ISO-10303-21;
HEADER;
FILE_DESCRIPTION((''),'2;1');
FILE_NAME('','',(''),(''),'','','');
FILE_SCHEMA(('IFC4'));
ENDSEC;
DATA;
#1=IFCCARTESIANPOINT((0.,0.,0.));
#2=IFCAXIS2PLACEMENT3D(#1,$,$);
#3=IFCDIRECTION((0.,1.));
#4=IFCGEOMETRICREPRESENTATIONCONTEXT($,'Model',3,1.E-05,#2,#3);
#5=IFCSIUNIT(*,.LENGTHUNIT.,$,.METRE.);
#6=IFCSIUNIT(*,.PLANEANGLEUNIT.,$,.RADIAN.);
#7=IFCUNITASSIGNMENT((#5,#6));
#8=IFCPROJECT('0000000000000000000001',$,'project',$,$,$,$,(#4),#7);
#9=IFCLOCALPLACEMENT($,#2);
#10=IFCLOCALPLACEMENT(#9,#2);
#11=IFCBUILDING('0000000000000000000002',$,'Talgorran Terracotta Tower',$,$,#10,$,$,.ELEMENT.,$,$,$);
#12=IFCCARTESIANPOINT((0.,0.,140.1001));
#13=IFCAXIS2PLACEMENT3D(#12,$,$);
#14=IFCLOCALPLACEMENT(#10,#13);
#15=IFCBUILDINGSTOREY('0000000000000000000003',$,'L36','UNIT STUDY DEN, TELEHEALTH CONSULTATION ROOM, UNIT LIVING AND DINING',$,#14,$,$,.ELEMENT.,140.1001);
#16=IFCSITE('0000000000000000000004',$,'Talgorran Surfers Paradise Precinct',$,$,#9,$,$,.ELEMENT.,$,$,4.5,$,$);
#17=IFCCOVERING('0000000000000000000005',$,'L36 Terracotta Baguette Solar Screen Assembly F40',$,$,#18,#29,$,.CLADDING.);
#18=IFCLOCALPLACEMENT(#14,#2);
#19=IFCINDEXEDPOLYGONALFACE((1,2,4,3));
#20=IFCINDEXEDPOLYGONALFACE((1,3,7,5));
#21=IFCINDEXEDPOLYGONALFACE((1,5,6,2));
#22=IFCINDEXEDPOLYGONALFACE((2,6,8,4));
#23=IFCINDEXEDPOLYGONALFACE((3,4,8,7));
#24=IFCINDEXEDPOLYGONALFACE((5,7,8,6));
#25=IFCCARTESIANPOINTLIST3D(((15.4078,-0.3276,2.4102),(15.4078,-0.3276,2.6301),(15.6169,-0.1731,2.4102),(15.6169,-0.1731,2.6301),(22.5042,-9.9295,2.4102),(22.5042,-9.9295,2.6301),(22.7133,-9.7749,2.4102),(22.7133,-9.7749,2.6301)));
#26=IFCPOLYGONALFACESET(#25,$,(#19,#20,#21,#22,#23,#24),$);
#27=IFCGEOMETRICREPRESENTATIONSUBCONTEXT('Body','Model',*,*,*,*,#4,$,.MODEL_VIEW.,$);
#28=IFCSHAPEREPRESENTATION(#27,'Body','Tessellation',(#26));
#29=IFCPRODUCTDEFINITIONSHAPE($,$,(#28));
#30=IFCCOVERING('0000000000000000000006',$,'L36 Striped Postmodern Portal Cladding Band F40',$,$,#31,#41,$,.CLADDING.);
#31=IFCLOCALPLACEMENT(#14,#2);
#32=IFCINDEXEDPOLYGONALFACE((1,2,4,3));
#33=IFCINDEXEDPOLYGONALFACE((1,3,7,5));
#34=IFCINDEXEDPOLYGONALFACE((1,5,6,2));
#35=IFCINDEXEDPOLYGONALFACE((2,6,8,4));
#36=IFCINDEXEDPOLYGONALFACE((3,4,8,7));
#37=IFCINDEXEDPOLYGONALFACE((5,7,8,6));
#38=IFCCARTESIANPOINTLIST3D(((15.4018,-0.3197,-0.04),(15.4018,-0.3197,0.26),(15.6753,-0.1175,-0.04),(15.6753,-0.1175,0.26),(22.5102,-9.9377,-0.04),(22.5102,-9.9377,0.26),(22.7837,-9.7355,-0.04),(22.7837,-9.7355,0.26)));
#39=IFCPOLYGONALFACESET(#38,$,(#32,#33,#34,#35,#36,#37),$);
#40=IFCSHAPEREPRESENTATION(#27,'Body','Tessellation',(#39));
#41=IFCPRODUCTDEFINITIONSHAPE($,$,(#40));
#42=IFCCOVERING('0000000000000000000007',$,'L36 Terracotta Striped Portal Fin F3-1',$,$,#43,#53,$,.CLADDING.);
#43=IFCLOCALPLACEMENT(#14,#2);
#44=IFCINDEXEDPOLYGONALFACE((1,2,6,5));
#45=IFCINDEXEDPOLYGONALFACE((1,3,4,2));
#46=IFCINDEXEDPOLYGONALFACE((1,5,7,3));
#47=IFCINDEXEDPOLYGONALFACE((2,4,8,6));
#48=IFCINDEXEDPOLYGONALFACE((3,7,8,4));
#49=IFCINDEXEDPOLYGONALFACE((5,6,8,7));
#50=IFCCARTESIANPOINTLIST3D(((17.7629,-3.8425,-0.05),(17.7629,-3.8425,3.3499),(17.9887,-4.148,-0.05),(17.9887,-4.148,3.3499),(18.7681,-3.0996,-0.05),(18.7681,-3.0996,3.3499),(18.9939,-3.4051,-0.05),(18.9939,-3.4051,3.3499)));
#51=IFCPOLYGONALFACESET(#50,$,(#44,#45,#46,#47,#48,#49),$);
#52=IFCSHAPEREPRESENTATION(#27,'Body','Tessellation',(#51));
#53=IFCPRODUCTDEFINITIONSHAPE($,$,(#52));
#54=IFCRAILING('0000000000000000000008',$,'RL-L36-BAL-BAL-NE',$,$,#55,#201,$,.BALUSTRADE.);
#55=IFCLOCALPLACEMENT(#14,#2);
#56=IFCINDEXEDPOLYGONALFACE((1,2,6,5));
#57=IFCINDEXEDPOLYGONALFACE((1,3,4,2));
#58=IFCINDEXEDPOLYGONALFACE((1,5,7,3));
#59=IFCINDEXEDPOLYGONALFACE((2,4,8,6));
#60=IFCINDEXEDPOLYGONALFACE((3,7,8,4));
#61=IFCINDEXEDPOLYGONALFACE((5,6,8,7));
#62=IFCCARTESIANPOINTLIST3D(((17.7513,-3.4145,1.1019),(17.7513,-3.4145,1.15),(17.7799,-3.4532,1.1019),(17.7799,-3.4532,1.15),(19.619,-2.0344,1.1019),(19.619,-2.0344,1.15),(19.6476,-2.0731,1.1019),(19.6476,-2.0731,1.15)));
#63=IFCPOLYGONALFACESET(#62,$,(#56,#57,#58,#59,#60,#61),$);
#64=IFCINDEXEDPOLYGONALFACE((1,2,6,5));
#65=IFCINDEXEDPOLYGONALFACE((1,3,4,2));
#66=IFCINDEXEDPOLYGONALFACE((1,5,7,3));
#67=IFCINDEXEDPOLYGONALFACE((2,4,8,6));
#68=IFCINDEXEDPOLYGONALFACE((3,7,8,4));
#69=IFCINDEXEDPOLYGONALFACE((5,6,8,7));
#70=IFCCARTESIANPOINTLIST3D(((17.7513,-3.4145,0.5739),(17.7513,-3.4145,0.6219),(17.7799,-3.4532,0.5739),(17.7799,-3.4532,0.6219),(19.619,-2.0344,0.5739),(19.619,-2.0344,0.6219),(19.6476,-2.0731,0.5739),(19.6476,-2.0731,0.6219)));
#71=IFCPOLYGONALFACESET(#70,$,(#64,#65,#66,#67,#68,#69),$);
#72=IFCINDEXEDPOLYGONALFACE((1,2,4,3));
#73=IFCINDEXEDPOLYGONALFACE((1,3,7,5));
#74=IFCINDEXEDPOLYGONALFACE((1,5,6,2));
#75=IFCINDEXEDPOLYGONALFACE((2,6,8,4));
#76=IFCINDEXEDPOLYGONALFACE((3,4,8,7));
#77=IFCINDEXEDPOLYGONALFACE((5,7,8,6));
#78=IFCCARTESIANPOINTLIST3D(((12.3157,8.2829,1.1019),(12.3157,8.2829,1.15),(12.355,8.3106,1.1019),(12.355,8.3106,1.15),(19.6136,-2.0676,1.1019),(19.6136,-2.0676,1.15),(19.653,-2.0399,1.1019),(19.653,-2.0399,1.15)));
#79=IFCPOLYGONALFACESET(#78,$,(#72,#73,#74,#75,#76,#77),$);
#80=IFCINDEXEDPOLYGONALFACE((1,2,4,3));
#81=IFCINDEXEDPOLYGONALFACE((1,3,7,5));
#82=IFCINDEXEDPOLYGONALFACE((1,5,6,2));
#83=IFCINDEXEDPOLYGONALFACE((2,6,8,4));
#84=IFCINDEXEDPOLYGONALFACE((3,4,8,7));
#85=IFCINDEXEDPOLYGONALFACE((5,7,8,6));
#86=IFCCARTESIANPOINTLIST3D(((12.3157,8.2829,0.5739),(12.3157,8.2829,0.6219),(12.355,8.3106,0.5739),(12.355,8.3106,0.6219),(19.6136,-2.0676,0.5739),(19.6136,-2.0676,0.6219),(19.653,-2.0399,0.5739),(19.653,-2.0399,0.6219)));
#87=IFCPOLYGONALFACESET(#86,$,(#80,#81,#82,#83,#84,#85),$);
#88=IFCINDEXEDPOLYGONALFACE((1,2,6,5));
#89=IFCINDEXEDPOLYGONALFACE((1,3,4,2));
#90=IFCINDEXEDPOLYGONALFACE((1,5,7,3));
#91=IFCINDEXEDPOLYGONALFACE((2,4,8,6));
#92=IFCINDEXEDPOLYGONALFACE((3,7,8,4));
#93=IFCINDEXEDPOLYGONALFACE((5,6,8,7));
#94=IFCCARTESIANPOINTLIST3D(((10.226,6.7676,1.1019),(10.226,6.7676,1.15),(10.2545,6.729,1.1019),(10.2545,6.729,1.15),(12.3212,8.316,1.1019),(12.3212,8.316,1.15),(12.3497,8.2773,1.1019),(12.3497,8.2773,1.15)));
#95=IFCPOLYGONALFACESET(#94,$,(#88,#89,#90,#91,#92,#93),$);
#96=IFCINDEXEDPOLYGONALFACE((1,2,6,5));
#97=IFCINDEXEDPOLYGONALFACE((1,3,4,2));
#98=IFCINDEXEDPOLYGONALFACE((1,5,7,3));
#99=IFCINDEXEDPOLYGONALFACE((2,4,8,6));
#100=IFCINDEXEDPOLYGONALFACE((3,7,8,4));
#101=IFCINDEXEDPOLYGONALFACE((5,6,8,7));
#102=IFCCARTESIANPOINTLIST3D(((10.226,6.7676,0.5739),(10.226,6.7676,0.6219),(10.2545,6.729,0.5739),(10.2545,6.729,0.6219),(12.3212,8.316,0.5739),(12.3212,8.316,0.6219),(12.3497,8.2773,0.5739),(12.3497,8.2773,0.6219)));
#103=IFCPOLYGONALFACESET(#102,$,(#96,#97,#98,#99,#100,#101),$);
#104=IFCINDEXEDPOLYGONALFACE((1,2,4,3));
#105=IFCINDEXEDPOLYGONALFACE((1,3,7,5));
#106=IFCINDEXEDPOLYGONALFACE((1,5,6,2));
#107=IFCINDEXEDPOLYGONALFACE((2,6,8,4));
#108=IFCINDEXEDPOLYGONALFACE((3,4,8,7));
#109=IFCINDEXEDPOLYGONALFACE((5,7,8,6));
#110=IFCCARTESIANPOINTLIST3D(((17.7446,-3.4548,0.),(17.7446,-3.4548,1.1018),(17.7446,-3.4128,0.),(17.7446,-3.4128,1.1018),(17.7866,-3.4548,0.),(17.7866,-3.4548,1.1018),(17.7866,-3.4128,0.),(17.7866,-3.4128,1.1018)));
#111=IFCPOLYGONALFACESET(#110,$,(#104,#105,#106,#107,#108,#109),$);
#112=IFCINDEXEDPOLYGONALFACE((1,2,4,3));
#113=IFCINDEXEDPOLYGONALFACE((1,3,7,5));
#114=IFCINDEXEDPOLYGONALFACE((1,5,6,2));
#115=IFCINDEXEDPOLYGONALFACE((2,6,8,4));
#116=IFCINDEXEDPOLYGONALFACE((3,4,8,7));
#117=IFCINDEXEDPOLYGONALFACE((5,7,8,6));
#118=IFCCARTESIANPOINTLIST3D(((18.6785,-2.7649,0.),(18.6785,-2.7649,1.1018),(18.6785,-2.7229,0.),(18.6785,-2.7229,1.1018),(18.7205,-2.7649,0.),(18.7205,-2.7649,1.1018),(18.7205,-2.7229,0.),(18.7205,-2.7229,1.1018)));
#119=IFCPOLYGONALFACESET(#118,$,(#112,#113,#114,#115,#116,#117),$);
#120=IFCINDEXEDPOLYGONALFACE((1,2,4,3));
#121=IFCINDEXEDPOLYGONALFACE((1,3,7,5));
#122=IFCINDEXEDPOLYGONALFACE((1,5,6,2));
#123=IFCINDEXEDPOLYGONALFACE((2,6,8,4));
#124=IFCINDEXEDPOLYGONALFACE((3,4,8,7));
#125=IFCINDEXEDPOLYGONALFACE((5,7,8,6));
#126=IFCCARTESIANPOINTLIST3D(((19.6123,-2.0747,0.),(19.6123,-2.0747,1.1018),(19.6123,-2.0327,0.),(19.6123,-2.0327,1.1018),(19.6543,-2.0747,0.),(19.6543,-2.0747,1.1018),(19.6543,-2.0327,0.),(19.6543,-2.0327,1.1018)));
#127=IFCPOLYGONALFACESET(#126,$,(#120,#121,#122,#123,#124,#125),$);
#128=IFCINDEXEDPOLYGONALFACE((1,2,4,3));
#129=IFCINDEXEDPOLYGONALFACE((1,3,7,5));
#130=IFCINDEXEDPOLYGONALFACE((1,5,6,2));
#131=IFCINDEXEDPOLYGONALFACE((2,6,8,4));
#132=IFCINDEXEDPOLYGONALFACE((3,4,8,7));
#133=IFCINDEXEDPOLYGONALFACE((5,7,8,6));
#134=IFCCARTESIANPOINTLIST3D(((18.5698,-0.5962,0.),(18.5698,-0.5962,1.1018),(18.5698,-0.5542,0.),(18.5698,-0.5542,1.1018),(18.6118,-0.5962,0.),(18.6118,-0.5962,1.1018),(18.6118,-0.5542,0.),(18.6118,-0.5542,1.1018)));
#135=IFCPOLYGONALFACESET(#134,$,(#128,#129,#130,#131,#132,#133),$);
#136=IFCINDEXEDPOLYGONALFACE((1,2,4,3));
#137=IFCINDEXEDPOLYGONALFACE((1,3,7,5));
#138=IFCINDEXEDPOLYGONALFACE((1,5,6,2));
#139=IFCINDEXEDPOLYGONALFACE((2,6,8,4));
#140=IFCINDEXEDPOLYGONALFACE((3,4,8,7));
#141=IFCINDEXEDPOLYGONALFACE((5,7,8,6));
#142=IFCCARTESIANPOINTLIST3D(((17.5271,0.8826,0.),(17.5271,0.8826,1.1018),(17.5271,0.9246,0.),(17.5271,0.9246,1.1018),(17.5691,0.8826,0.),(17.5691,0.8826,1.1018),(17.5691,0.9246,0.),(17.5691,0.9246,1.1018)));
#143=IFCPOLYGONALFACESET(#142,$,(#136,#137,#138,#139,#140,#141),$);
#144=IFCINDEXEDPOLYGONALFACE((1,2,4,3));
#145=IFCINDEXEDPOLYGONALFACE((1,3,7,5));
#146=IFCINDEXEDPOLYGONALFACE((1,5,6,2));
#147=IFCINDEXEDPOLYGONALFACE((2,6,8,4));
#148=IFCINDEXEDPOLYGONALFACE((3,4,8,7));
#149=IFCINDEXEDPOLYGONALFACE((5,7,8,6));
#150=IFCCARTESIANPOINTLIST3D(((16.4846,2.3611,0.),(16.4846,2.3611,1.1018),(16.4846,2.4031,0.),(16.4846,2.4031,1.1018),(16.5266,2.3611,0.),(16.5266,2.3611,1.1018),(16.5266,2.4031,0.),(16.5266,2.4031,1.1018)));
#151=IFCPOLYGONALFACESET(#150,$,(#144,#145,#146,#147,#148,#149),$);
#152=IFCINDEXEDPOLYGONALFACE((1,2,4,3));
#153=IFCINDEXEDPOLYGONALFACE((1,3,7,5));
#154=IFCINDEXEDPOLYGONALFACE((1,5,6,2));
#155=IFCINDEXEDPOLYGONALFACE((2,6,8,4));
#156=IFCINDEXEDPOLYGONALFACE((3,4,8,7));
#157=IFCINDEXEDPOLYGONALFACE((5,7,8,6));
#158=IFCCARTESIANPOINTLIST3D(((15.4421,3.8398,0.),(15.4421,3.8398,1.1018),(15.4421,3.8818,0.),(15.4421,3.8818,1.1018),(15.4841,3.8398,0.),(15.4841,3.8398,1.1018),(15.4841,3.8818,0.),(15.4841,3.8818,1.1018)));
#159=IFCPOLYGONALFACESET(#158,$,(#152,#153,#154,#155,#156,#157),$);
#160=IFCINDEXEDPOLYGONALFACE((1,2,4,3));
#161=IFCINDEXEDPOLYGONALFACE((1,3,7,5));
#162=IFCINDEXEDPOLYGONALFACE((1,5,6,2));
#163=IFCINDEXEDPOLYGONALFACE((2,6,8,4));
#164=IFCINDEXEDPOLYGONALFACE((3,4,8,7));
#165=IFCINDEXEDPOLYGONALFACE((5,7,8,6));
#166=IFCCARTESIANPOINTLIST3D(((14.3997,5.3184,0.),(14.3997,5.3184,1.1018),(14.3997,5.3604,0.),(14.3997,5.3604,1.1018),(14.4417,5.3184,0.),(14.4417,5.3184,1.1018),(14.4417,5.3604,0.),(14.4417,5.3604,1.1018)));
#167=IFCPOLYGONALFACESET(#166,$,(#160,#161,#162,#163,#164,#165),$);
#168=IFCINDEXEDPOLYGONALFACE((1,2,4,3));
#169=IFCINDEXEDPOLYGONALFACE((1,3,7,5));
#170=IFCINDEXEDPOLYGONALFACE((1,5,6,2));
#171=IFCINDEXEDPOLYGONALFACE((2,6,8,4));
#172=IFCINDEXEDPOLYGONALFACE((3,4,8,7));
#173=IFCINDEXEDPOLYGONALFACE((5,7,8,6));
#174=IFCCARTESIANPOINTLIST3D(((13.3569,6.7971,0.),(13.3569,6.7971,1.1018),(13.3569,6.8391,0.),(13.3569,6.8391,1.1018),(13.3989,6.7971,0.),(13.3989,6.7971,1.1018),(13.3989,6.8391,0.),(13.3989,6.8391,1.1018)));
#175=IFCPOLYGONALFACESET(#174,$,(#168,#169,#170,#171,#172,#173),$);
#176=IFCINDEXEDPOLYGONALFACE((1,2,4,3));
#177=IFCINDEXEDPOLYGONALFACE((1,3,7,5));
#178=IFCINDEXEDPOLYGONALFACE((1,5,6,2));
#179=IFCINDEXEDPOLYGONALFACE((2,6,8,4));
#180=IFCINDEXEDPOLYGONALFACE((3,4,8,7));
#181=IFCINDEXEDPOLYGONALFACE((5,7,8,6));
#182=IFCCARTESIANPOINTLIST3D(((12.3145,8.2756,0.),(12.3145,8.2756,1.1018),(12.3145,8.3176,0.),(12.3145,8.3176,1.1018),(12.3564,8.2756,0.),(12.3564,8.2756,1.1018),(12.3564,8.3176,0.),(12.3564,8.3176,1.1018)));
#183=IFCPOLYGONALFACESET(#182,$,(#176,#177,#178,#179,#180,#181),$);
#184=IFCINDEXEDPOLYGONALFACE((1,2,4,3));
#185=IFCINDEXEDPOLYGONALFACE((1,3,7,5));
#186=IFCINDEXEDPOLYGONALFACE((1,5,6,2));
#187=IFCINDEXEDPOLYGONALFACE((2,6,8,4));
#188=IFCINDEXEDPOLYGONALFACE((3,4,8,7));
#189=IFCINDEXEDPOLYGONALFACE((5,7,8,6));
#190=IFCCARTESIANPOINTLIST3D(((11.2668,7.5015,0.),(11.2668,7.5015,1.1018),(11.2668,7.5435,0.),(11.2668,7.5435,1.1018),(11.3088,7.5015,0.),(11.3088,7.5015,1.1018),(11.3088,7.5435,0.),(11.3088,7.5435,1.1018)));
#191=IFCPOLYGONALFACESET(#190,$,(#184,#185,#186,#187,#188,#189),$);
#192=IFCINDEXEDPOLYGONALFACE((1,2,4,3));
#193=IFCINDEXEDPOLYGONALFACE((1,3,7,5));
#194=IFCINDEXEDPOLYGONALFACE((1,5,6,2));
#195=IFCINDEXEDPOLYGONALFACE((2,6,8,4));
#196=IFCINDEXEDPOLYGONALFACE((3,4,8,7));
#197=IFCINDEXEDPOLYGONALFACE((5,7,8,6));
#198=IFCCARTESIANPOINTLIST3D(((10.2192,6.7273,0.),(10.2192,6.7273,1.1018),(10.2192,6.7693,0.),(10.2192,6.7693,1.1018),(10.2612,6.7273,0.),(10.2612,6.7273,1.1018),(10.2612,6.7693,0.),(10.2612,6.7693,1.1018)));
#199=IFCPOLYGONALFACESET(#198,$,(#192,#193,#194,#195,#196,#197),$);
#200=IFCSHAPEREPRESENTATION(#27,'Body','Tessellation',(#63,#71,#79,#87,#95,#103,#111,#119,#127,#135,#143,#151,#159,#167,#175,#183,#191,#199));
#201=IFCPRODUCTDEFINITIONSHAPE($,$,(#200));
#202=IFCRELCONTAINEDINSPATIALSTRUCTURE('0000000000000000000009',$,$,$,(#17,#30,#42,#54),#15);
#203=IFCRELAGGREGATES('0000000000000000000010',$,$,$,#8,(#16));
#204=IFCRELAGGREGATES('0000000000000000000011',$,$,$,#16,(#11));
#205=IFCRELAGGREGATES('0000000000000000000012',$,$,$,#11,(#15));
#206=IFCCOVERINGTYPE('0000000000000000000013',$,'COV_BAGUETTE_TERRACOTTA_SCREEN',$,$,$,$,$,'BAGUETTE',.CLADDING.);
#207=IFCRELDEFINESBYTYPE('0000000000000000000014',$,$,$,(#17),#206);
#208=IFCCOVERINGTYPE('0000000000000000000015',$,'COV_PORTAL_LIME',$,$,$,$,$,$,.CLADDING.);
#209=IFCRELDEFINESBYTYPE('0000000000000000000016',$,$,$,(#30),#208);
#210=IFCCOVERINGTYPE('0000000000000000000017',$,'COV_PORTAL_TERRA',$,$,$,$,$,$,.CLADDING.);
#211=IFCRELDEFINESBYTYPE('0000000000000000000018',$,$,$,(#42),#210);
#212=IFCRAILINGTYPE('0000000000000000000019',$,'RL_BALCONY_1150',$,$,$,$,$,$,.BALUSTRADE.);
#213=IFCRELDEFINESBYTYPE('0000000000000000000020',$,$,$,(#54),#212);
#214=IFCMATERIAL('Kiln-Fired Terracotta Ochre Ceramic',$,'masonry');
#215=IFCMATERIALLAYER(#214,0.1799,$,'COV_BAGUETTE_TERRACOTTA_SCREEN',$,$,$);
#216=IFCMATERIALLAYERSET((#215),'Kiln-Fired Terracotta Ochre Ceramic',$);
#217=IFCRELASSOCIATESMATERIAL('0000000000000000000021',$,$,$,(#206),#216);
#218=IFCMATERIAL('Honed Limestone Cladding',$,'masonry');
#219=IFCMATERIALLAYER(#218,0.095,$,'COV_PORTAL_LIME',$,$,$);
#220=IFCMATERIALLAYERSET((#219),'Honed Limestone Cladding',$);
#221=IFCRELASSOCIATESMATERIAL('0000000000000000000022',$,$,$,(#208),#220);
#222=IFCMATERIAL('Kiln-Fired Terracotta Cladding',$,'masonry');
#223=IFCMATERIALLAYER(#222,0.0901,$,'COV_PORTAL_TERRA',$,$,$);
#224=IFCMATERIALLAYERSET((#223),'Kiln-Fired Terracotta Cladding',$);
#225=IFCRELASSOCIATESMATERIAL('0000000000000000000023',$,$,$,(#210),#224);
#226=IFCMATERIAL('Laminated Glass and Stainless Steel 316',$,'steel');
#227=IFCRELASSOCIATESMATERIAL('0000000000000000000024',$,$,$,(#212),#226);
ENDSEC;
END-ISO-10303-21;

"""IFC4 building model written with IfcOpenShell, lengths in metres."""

from ifc_helpers import new_model, si_unit, direction, frame, origin, origin_2d, place, context, subcontext, project, spatial, rectangle, extrude, material, layer, layer_set, type_object, element, save


model = new_model("IFC4")

# Units and contexts
model_context = context("Model", 3, precision=1e-05, world=origin(), true_north=direction((0.0, 1.0)))
body_context = subcontext(model_context, "Body", "Model", "MODEL_VIEW")
ifc_project = project(units=[si_unit("LENGTHUNIT", "METRE"), si_unit("PLANEANGLEUNIT", "RADIAN")], contexts=[model_context])

# Site, building, storey
site_placement = place(None, origin())
site = spatial("IfcSite", under=ifc_project, at=site_placement, Name="Talgorran Surfers Paradise Precinct", CompositionType="ELEMENT", RefElevation=4.5)
building_placement = place(site_placement, origin())
building = spatial("IfcBuilding", under=site, at=building_placement, Name="Talgorran Terracotta Tower", CompositionType="ELEMENT")
storey_placement = place(building_placement, frame((0.0, 0.0, 140.1001)))
storey = spatial("IfcBuildingStorey", under=building, at=storey_placement, Name="L36", Description="UNIT STUDY DEN, TELEHEALTH CONSULTATION ROOM, UNIT LIVING AND DINING", CompositionType="ELEMENT", Elevation=140.1001)

# Coverings
ifc_material_1 = material(Name="Kiln-Fired Terracotta Ochre Ceramic", Category="masonry")
ifc_layer_1 = layer(ifc_material_1, 0.1799, Name="COV_BAGUETTE_TERRACOTTA_SCREEN")
ifc_layer_set_1 = layer_set([ifc_layer_1], Name="Kiln-Fired Terracotta Ochre Ceramic")
covering_type_1 = type_object("IfcCoveringType", Name="COV_BAGUETTE_TERRACOTTA_SCREEN", ElementType="BAGUETTE", PredefinedType="CLADDING", material=ifc_layer_set_1)
covering_1_placement = place(storey_placement, frame((19.0605, -5.0513, 2.4102), z_axis=(0.0, 0.0, 1.0), x_axis=(-0.59436, 0.804199, 0.0)))
element("IfcCovering", 1, at=covering_1_placement, inside=storey, type_object=covering_type_1, Name="L36 Terracotta Baguette Solar Screen Assembly F40", PredefinedType="CLADDING", context=body_context, shape_type="SweptSolid", body=[
    extrude(rectangle(XDim=11.9397, YDim=0.26, at=origin_2d()), origin(), (0.0, 0.0, 1.0), 0.22),
])
ifc_material_2 = material(Name="Honed Limestone Cladding", Category="masonry")
ifc_layer_2 = layer(ifc_material_2, 0.095, Name="COV_PORTAL_LIME")
ifc_layer_set_2 = layer_set([ifc_layer_2], Name="Honed Limestone Cladding")
covering_type_2 = type_object("IfcCoveringType", Name="COV_PORTAL_LIME", PredefinedType="CLADDING", material=ifc_layer_set_2)
covering_2_placement = place(storey_placement, frame((19.0928, -5.0276, -0.04), z_axis=(0.0, 0.0, 1.0), x_axis=(-0.59436, 0.804199, 0.0)))
element("IfcCovering", 2, at=covering_2_placement, inside=storey, type_object=covering_type_2, Name="L36 Striped Postmodern Portal Cladding Band F40", PredefinedType="CLADDING", context=body_context, shape_type="SweptSolid", body=[
    extrude(rectangle(XDim=11.9597, YDim=0.3401, at=origin_2d()), origin(), (0.0, 0.0, 1.0), 0.3),
])
ifc_material_3 = material(Name="Kiln-Fired Terracotta Cladding", Category="masonry")
ifc_layer_3 = layer(ifc_material_3, 0.0901, Name="COV_PORTAL_TERRA")
ifc_layer_set_3 = layer_set([ifc_layer_3], Name="Kiln-Fired Terracotta Cladding")
covering_type_3 = type_object("IfcCoveringType", Name="COV_PORTAL_TERRA", PredefinedType="CLADDING", material=ifc_layer_set_3)
covering_3_placement = place(storey_placement, frame((18.3784, -3.6238, -0.05), z_axis=(0.0, 0.0, 1.0), x_axis=(-0.59436, 0.804199, 0.0)))
element("IfcCovering", 3, at=covering_3_placement, inside=storey, type_object=covering_type_3, Name="L36 Terracotta Striped Portal Fin F3-1", PredefinedType="CLADDING", context=body_context, shape_type="SweptSolid", body=[
    extrude(rectangle(XDim=0.3799, YDim=1.25, at=origin_2d()), origin(), (0.0, 0.0, 1.0), 3.3999),
])

# Railing
ifc_material_4 = material(Name="Laminated Glass and Stainless Steel 316", Category="steel")
railing_type = type_object("IfcRailingType", Name="RL_BALCONY_1150", PredefinedType="BALUSTRADE", material=ifc_material_4)
railing_placement = place(storey_placement, frame((17.7656, -3.4338, 0.0)))
element("IfcRailing", 4, at=railing_placement, inside=storey, type_object=railing_type, Name="RL-L36-BAL-BAL-NE", PredefinedType="BALUSTRADE", context=body_context, shape_type="SweptSolid", body=[
    extrude(rectangle(XDim=0.0481, YDim=0.0481, at=origin_2d()), frame((0.0, 0.0, 1.126), z_axis=(0.804244, 0.594299, 0.0), x_axis=(-0.594299, 0.804244, 0.0)), (0.0, 0.0, 1.0), 2.3223),
    extrude(rectangle(XDim=0.0481, YDim=0.0481, at=origin_2d()), frame((0.0, 0.0, 0.5979), z_axis=(0.804244, 0.594299, 0.0), x_axis=(-0.594299, 0.804244, 0.0)), (0.0, 0.0, 1.0), 2.3223),
    extrude(rectangle(XDim=0.0481, YDim=0.0481, at=origin_2d()), frame((1.8677, 1.3801, 1.126), z_axis=(-0.576247, 0.817275, 0.0), x_axis=(-0.817275, -0.576247, 0.0)), (0.0, 0.0, 1.0), 12.6646),
    extrude(rectangle(XDim=0.0481, YDim=0.0481, at=origin_2d()), frame((1.8677, 1.3801, 0.5979), z_axis=(-0.576247, 0.817275, 0.0), x_axis=(-0.817275, -0.576247, 0.0)), (0.0, 0.0, 1.0), 12.6646),
    extrude(rectangle(XDim=0.0481, YDim=0.0481, at=origin_2d()), frame((-5.4302, 11.7305, 1.126), z_axis=(-0.804231, -0.594317, 0.0), x_axis=(0.594317, -0.804231, 0.0)), (0.0, 0.0, 1.0), 2.6052),
    extrude(rectangle(XDim=0.0481, YDim=0.0481, at=origin_2d()), frame((-5.4302, 11.7305, 0.5979), z_axis=(-0.804231, -0.594317, 0.0), x_axis=(0.594317, -0.804231, 0.0)), (0.0, 0.0, 1.0), 2.6052),
    extrude(rectangle(XDim=0.042, YDim=0.042, at=origin_2d()), origin(), (0.0, 0.0, 1.0), 1.1018),
    extrude(rectangle(XDim=0.042, YDim=0.042, at=origin_2d()), frame((0.9338, 0.6899, 0.0)), (0.0, 0.0, 1.0), 1.1018),
    extrude(rectangle(XDim=0.042, YDim=0.042, at=origin_2d()), frame((1.8677, 1.3801, 0.0)), (0.0, 0.0, 1.0), 1.1018),
    extrude(rectangle(XDim=0.042, YDim=0.042, at=origin_2d()), frame((0.8252, 2.8586, 0.0)), (0.0, 0.0, 1.0), 1.1018),
    extrude(rectangle(XDim=0.042, YDim=0.042, at=origin_2d()), frame((-0.2175, 4.3374, 0.0)), (0.0, 0.0, 1.0), 1.1018),
    extrude(rectangle(XDim=0.042, YDim=0.042, at=origin_2d()), frame((-1.26, 5.8159, 0.0)), (0.0, 0.0, 1.0), 1.1018),
    extrude(rectangle(XDim=0.042, YDim=0.042, at=origin_2d()), frame((-2.3025, 7.2947, 0.0)), (0.0, 0.0, 1.0), 1.1018),
    extrude(rectangle(XDim=0.042, YDim=0.042, at=origin_2d()), frame((-3.345, 8.7732, 0.0)), (0.0, 0.0, 1.0), 1.1018),
    extrude(rectangle(XDim=0.042, YDim=0.042, at=origin_2d()), frame((-4.3877, 10.252, 0.0)), (0.0, 0.0, 1.0), 1.1018),
    extrude(rectangle(XDim=0.042, YDim=0.042, at=origin_2d()), frame((-5.4302, 11.7305, 0.0)), (0.0, 0.0, 1.0), 1.1018),
    extrude(rectangle(XDim=0.042, YDim=0.042, at=origin_2d()), frame((-6.4778, 10.9563, 0.0)), (0.0, 0.0, 1.0), 1.1018),
    extrude(rectangle(XDim=0.042, YDim=0.042, at=origin_2d()), frame((-7.5254, 10.1821, 0.0)), (0.0, 0.0, 1.0), 1.1018),
])

save(model, "model.ifc")
